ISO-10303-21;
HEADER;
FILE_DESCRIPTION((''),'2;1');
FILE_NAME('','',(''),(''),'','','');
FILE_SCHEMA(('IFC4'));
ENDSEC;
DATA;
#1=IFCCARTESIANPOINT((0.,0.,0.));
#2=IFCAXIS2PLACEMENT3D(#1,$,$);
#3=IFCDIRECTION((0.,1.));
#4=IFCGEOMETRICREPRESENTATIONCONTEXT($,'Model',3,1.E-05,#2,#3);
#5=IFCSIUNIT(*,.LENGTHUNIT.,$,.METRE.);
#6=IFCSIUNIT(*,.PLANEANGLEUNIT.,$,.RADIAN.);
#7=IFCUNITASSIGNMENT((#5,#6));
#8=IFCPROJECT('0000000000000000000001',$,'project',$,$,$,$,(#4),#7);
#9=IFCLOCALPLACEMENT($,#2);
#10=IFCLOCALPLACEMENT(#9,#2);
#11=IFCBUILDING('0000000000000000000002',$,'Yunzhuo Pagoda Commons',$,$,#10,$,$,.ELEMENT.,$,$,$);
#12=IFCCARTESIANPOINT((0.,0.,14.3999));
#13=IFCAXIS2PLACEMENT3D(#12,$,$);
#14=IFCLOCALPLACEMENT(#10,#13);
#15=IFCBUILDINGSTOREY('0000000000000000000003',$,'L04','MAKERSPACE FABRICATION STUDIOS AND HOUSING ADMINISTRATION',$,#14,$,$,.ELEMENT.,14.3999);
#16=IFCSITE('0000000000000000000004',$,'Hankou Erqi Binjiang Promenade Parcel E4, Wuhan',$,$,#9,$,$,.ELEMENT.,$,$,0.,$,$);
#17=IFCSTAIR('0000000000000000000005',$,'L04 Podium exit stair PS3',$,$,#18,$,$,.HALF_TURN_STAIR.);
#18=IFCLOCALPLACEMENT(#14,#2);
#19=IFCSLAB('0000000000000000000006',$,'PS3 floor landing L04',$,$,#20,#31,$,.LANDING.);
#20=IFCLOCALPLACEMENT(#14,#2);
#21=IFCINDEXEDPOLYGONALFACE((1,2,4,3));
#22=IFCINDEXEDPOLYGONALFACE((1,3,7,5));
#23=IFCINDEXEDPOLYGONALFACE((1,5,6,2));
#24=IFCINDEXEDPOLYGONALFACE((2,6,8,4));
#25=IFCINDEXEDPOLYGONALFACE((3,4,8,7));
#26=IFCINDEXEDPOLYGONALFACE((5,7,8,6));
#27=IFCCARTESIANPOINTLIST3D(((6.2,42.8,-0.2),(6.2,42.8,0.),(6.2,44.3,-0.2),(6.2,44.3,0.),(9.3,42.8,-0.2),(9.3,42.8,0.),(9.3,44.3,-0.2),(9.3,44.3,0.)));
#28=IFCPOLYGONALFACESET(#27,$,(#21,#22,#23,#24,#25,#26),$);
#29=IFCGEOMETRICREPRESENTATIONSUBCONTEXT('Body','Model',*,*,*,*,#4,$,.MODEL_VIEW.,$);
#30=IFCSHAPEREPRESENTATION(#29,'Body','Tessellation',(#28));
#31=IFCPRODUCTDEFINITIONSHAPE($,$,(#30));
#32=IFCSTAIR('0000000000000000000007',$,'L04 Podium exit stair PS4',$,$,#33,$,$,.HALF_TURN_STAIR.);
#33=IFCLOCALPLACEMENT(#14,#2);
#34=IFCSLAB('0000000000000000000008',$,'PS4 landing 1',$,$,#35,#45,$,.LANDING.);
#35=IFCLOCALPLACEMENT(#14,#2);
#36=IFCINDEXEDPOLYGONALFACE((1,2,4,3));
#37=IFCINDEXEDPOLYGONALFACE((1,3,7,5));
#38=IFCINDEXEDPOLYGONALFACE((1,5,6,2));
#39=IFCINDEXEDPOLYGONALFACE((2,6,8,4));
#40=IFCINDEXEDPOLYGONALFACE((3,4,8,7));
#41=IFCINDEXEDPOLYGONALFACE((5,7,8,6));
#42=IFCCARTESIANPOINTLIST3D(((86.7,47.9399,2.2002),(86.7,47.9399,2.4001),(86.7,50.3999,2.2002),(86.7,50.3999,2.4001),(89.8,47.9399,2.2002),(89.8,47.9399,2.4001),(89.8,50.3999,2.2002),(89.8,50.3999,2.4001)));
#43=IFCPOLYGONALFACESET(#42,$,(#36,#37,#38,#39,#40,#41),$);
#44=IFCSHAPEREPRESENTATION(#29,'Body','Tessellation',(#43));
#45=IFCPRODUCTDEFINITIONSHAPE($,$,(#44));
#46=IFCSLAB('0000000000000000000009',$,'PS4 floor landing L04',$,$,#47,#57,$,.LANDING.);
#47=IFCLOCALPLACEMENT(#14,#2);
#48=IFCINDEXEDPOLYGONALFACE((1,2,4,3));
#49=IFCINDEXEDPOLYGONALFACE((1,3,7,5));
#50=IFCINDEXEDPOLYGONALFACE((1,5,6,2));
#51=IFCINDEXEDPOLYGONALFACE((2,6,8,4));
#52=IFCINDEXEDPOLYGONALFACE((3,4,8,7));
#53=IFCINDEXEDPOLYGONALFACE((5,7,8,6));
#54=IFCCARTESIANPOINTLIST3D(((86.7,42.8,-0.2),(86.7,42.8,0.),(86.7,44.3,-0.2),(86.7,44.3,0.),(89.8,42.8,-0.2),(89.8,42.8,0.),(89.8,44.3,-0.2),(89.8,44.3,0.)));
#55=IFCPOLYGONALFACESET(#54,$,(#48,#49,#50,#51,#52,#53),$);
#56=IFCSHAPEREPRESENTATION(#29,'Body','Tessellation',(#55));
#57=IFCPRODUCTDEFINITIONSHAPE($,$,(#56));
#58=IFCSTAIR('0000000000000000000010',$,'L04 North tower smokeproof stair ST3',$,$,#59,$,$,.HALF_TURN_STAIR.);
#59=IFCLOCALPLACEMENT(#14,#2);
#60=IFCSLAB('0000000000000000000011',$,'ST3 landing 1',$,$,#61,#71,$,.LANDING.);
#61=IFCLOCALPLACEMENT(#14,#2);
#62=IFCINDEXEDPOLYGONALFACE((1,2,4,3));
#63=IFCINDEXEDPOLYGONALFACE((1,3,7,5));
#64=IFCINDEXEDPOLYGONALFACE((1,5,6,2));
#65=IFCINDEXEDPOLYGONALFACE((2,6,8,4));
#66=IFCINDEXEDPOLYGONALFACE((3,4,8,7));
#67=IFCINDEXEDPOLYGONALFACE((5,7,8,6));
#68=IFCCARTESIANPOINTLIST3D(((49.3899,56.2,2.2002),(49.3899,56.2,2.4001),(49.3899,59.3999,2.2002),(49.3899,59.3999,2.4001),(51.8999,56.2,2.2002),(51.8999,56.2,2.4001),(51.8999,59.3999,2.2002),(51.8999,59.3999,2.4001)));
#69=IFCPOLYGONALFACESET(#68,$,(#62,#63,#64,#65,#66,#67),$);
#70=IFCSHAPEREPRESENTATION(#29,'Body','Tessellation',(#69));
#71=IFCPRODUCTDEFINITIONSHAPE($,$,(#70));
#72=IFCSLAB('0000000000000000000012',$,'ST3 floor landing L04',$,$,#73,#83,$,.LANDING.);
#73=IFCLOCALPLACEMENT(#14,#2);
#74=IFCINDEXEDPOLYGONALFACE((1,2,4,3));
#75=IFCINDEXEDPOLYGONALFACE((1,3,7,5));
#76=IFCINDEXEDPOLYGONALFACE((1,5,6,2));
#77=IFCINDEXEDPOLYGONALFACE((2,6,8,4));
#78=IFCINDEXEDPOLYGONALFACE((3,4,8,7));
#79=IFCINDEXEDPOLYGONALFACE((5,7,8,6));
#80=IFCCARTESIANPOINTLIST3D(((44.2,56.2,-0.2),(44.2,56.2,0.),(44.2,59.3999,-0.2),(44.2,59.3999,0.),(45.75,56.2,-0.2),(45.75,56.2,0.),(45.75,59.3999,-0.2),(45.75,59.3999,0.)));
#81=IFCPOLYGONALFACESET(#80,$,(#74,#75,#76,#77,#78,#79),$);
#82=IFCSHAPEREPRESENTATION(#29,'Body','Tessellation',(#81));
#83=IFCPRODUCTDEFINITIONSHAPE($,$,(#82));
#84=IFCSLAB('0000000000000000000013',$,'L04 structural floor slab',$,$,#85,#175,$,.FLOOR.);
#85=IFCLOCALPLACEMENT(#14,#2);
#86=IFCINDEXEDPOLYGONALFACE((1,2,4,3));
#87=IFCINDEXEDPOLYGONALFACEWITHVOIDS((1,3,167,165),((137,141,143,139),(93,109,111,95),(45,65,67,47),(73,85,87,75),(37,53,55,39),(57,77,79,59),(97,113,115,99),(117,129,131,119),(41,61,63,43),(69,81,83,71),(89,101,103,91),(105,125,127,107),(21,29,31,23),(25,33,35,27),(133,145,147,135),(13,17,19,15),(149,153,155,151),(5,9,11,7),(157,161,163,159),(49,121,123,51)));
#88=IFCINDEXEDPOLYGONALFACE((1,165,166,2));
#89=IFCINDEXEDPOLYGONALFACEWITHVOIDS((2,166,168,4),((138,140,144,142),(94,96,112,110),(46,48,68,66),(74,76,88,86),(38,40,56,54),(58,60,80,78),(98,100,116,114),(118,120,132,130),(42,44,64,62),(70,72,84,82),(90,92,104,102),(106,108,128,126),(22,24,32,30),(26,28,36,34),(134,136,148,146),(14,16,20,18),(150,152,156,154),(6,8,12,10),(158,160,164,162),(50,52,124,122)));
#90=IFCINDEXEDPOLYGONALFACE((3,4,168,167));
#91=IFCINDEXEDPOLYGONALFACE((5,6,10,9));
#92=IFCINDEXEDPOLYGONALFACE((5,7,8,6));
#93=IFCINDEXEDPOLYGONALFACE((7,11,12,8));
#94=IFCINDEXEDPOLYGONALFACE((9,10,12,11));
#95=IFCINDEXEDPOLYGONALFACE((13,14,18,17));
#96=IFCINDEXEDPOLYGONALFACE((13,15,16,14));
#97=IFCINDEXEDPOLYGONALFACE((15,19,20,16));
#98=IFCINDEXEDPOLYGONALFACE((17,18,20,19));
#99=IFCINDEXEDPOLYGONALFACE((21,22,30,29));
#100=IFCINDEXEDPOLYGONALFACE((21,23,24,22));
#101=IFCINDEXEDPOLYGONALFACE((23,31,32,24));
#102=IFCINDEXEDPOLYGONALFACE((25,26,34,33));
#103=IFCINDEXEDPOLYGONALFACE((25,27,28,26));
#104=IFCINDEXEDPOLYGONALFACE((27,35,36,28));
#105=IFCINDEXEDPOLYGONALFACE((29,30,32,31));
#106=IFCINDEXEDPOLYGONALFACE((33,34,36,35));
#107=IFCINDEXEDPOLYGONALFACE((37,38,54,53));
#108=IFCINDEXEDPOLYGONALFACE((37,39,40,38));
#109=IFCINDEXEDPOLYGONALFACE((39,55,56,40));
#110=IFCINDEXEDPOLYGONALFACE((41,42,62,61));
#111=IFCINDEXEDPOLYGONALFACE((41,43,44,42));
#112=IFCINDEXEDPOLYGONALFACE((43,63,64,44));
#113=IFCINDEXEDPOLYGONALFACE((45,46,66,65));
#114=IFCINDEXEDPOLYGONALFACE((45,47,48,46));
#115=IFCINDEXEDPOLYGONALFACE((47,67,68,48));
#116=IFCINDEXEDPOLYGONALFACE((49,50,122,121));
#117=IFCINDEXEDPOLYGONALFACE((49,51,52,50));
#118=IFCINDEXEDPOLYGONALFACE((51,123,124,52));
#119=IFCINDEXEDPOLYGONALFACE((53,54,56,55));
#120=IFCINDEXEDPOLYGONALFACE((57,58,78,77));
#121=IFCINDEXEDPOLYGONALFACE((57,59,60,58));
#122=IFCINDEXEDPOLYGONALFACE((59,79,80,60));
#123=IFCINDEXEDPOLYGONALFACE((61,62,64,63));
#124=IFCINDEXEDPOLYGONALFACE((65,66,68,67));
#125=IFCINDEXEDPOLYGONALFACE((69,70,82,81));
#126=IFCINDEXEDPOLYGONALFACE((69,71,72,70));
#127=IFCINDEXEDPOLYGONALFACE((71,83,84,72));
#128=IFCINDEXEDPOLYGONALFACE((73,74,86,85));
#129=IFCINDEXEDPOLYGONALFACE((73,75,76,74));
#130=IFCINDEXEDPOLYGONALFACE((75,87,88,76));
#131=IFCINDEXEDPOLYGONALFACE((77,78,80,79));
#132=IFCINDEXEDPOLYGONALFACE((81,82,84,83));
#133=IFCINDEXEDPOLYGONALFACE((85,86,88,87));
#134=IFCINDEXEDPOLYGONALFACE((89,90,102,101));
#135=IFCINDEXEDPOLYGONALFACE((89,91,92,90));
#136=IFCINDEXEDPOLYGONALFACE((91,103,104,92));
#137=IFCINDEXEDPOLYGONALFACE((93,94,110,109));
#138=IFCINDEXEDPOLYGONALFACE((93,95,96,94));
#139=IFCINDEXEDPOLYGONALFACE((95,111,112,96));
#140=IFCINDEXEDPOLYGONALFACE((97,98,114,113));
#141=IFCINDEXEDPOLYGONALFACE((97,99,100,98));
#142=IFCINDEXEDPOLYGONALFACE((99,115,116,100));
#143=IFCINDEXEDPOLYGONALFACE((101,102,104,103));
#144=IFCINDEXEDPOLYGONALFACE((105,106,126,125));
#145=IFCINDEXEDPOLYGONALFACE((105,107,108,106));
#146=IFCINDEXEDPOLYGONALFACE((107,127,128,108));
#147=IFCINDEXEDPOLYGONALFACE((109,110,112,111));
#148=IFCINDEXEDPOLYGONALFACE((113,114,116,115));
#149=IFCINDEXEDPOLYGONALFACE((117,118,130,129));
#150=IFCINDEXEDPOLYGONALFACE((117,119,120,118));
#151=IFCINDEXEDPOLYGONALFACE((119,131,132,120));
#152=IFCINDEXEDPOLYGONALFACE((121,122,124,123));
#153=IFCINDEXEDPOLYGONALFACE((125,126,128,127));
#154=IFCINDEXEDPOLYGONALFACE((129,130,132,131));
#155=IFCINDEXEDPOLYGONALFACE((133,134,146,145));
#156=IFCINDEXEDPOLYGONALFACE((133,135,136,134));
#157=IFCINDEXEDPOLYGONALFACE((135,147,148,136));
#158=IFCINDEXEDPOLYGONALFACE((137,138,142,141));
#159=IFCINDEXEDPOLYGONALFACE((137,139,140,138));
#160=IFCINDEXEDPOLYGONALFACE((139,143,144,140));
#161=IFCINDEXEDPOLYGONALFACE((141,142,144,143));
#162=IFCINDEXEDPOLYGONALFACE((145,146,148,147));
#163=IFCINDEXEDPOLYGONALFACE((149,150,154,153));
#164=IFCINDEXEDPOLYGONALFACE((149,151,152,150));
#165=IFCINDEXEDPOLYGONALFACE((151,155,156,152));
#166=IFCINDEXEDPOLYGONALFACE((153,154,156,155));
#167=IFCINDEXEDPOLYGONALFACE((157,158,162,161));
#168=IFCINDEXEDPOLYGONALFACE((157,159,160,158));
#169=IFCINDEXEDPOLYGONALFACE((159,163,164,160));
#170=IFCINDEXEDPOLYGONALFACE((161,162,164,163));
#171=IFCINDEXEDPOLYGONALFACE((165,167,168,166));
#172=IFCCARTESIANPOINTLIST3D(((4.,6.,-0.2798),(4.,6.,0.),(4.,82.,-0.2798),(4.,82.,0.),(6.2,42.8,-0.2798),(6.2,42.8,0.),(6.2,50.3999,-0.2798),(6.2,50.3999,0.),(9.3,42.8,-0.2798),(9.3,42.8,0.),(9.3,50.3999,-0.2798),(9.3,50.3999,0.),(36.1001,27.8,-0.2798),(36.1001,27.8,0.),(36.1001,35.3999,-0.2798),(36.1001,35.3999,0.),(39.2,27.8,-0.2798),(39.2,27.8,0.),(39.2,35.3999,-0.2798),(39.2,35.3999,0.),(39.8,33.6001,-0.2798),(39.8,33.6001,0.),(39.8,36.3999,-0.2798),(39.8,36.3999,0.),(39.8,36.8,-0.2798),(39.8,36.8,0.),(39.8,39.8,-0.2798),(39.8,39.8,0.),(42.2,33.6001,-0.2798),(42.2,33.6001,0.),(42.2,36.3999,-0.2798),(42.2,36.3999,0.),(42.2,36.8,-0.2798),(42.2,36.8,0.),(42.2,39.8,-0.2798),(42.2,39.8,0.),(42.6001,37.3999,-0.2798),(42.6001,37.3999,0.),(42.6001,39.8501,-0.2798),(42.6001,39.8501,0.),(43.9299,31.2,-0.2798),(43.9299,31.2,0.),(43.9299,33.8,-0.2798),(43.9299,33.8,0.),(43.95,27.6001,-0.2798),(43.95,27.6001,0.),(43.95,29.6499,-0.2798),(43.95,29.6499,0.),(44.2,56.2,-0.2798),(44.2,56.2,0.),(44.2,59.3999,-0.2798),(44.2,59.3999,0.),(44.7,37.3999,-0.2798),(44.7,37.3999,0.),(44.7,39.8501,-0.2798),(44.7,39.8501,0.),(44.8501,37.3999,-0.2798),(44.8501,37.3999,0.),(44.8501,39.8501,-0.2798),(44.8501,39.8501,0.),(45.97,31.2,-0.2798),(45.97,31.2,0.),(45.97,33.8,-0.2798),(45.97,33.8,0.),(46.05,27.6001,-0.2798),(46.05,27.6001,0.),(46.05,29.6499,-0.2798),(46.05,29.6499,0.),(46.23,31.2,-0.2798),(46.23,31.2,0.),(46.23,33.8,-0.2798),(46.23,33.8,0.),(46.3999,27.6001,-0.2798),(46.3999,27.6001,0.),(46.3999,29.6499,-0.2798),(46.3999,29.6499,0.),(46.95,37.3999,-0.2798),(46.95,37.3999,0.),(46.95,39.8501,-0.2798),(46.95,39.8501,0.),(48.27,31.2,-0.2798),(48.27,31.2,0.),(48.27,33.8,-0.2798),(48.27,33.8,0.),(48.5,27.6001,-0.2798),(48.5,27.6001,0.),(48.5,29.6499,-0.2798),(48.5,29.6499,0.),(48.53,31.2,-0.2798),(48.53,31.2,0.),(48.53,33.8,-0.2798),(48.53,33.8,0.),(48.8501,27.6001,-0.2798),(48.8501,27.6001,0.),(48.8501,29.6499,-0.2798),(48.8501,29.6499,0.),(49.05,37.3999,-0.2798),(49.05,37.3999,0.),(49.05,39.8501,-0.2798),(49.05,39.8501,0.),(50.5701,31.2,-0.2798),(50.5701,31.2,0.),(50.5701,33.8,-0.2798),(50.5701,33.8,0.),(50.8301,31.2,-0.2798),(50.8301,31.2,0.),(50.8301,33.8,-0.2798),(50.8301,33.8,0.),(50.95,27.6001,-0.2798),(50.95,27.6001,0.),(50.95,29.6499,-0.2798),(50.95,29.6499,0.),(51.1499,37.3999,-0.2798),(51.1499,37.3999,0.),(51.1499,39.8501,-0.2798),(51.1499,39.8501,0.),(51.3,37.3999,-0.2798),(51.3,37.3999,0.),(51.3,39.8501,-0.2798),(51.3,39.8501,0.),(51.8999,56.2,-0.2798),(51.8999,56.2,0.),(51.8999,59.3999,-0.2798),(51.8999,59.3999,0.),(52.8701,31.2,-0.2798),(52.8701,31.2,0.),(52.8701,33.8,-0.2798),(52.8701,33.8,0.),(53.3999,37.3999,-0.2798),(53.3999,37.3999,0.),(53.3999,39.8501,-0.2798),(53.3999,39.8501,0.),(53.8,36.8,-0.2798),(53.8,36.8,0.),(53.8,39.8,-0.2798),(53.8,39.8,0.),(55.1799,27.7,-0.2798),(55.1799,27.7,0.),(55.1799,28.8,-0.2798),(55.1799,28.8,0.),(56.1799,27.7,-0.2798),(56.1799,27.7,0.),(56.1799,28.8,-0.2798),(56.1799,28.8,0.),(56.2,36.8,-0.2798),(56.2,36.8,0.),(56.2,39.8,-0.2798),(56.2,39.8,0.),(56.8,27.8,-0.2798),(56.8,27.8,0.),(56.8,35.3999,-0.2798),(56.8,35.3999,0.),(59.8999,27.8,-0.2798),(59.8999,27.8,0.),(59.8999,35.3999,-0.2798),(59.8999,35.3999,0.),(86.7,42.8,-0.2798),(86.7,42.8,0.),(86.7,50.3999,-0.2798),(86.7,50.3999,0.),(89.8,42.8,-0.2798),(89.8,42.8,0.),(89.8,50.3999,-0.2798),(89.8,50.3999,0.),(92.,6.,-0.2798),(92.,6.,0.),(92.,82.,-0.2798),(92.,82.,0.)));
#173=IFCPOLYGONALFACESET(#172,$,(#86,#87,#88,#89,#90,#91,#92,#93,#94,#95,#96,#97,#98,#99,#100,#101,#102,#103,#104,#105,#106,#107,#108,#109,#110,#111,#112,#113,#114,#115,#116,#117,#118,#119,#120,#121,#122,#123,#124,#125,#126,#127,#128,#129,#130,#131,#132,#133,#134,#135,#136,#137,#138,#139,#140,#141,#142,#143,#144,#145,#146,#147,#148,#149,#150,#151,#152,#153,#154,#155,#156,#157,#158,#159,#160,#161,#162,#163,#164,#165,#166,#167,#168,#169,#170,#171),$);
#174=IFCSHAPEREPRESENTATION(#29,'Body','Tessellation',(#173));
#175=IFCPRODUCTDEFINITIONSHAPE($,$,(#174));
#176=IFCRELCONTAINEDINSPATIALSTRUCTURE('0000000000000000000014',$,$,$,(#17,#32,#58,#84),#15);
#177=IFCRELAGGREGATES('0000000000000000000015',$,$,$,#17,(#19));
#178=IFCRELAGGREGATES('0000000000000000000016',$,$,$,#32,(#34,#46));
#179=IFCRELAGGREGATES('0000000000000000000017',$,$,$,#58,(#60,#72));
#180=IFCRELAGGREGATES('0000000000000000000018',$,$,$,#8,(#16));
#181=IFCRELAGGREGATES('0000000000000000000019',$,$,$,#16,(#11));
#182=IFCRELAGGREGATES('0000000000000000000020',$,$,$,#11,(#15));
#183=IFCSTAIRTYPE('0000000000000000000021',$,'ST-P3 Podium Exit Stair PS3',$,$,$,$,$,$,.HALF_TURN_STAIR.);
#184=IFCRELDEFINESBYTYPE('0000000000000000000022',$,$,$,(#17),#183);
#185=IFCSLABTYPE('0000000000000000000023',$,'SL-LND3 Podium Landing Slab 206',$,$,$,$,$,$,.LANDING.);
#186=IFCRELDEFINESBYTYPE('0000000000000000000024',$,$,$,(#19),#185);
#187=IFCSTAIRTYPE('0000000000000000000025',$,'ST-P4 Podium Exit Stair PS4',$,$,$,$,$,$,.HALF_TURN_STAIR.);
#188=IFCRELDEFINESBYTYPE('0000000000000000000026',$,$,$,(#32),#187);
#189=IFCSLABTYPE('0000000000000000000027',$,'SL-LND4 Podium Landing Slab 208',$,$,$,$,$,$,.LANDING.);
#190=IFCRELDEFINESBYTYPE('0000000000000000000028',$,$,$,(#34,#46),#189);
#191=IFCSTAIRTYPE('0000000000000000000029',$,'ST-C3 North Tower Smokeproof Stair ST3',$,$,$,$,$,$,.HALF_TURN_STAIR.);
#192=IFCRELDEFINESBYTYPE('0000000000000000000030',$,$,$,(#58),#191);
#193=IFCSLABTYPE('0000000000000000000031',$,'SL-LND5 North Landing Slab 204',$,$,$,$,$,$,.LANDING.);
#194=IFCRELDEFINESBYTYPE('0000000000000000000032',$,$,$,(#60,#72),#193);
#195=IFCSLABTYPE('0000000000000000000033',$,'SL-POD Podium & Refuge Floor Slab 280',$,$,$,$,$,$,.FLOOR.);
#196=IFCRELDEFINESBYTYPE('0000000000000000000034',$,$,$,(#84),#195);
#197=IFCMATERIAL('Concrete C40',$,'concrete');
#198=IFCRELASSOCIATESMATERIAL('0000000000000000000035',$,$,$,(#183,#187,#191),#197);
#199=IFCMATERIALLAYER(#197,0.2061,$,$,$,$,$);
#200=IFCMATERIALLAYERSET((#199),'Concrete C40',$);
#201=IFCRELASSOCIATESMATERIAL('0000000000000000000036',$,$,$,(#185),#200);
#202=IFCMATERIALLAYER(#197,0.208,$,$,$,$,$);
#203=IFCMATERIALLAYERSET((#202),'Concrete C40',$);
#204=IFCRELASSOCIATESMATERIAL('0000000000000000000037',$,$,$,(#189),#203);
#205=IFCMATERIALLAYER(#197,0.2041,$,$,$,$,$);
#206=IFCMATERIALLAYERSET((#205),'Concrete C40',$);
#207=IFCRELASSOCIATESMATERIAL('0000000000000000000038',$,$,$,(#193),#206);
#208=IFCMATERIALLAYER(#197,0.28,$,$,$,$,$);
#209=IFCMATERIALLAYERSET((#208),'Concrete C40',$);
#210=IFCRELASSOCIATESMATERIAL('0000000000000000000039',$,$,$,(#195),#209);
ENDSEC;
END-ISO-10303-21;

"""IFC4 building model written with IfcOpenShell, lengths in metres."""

from ifc_helpers import new_model, si_unit, direction, frame, origin, place, context, subcontext, project, spatial, polyline, outline, extrude, material, layer, layer_set, type_object, element, aggregate, save


model = new_model("IFC4")

# Units and contexts
model_context = context("Model", 3, precision=1e-05, world=origin(), true_north=direction((0.0, 1.0)))
body_context = subcontext(model_context, "Body", "Model", "MODEL_VIEW")
ifc_project = project(units=[si_unit("LENGTHUNIT", "METRE"), si_unit("PLANEANGLEUNIT", "RADIAN")], contexts=[model_context])

# Site, building, storey
site_placement = place(None, origin())
site = spatial("IfcSite", under=ifc_project, at=site_placement, Name="Hankou Erqi Binjiang Promenade Parcel E4, Wuhan", CompositionType="ELEMENT", RefElevation=0.0)
building_placement = place(site_placement, origin())
building = spatial("IfcBuilding", under=site, at=building_placement, Name="Yunzhuo Pagoda Commons", CompositionType="ELEMENT")
storey_placement = place(building_placement, frame((0.0, 0.0, 14.3999)))
storey = spatial("IfcBuildingStorey", under=building, at=storey_placement, Name="L04", Description="MAKERSPACE FABRICATION STUDIOS AND HOUSING ADMINISTRATION", CompositionType="ELEMENT", Elevation=14.3999)

# Stairs, slabs
ifc_material_1 = material(Name="Concrete C40", Category="concrete")
stair_type_1 = type_object("IfcStairType", Name="ST-P3 Podium Exit Stair PS3", PredefinedType="HALF_TURN_STAIR", material=ifc_material_1)
stair_1_placement = place(storey_placement, origin())
stair_1 = element("IfcStair", 1, at=stair_1_placement, inside=storey, type_object=stair_type_1, Name="L04 Podium exit stair PS3", PredefinedType="HALF_TURN_STAIR")
ifc_layer_1 = layer(ifc_material_1, 0.2061)
ifc_layer_set_1 = layer_set([ifc_layer_1], Name="Concrete C40")
slab_type_1 = type_object("IfcSlabType", Name="SL-LND3 Podium Landing Slab 206", PredefinedType="LANDING", material=ifc_layer_set_1)
slab_1_placement = place(storey_placement, frame((0.0, 0.0, -0.2)))
slab_1 = element("IfcSlab", 2, at=slab_1_placement, type_object=slab_type_1, Name="PS3 floor landing L04", PredefinedType="LANDING", context=body_context, shape_type="SweptSolid", body=[
    extrude(outline(polyline([(9.3, 42.8), (9.3, 44.3), (6.2, 44.3), (6.2, 42.8), (9.3, 42.8)])), origin(), (0.0, 0.0, 1.0), 0.2),
])
aggregate(stair_1, [slab_1])
stair_type_2 = type_object("IfcStairType", Name="ST-P4 Podium Exit Stair PS4", PredefinedType="HALF_TURN_STAIR", material=ifc_material_1)
stair_2_placement = place(storey_placement, origin())
stair_2 = element("IfcStair", 3, at=stair_2_placement, inside=storey, type_object=stair_type_2, Name="L04 Podium exit stair PS4", PredefinedType="HALF_TURN_STAIR")
ifc_layer_2 = layer(ifc_material_1, 0.208)
ifc_layer_set_2 = layer_set([ifc_layer_2], Name="Concrete C40")
slab_type_2 = type_object("IfcSlabType", Name="SL-LND4 Podium Landing Slab 208", PredefinedType="LANDING", material=ifc_layer_set_2)
slab_2_placement = place(storey_placement, frame((0.0, 0.0, 2.2002)))
slab_2 = element("IfcSlab", 4, at=slab_2_placement, type_object=slab_type_2, Name="PS4 landing 1", PredefinedType="LANDING", context=body_context, shape_type="SweptSolid", body=[
    extrude(outline(polyline([(89.8, 47.9399), (89.8, 50.3999), (86.7, 50.3999), (86.7, 47.9399), (89.8, 47.9399)])), origin(), (0.0, 0.0, 1.0), 0.2),
])
slab_3_placement = place(storey_placement, frame((0.0, 0.0, -0.2)))
slab_3 = element("IfcSlab", 5, at=slab_3_placement, type_object=slab_type_2, Name="PS4 floor landing L04", PredefinedType="LANDING", context=body_context, shape_type="SweptSolid", body=[
    extrude(outline(polyline([(89.8, 42.8), (89.8, 44.3), (86.7, 44.3), (86.7, 42.8), (89.8, 42.8)])), origin(), (0.0, 0.0, 1.0), 0.2),
])
aggregate(stair_2, [slab_2, slab_3])
stair_type_3 = type_object("IfcStairType", Name="ST-C3 North Tower Smokeproof Stair ST3", PredefinedType="HALF_TURN_STAIR", material=ifc_material_1)
stair_3_placement = place(storey_placement, origin())
stair_3 = element("IfcStair", 6, at=stair_3_placement, inside=storey, type_object=stair_type_3, Name="L04 North tower smokeproof stair ST3", PredefinedType="HALF_TURN_STAIR")
ifc_layer_3 = layer(ifc_material_1, 0.2041)
ifc_layer_set_3 = layer_set([ifc_layer_3], Name="Concrete C40")
slab_type_3 = type_object("IfcSlabType", Name="SL-LND5 North Landing Slab 204", PredefinedType="LANDING", material=ifc_layer_set_3)
slab_4_placement = place(storey_placement, frame((0.0, 0.0, 2.2002)))
slab_4 = element("IfcSlab", 7, at=slab_4_placement, type_object=slab_type_3, Name="ST3 landing 1", PredefinedType="LANDING", context=body_context, shape_type="SweptSolid", body=[
    extrude(outline(polyline([(49.3899, 56.2), (51.8999, 56.2), (51.8999, 59.3999), (49.3899, 59.3999), (49.3899, 56.2)])), origin(), (0.0, 0.0, 1.0), 0.2),
])
slab_5_placement = place(storey_placement, frame((0.0, 0.0, -0.2)))
slab_5 = element("IfcSlab", 8, at=slab_5_placement, type_object=slab_type_3, Name="ST3 floor landing L04", PredefinedType="LANDING", context=body_context, shape_type="SweptSolid", body=[
    extrude(outline(polyline([(44.2, 56.2), (45.75, 56.2), (45.75, 59.3999), (44.2, 59.3999), (44.2, 56.2)])), origin(), (0.0, 0.0, 1.0), 0.2),
])
aggregate(stair_3, [slab_4, slab_5])

# Slab
ifc_layer_4 = layer(ifc_material_1, 0.28)
ifc_layer_set_4 = layer_set([ifc_layer_4], Name="Concrete C40")
slab_type_4 = type_object("IfcSlabType", Name="SL-POD Podium & Refuge Floor Slab 280", PredefinedType="FLOOR", material=ifc_layer_set_4)
slab_6_placement = place(storey_placement, frame((0.0, 0.0, -0.2798)))
element("IfcSlab", 9, at=slab_6_placement, inside=storey, type_object=slab_type_4, Name="L04 structural floor slab", PredefinedType="FLOOR", context=body_context, shape_type="SweptSolid", body=[
    extrude(outline(polyline([(4.0, 82.0), (92.0, 82.0), (92.0, 6.0), (4.0, 6.0), (4.0, 82.0)]), holes=[polyline([(46.05, 27.6001), (46.05, 29.6499), (43.95, 29.6499), (43.95, 27.6001), (46.05, 27.6001)]), polyline([(48.5, 27.6001), (48.5, 29.6499), (46.3999, 29.6499), (46.3999, 27.6001), (48.5, 27.6001)]), polyline([(36.1001, 27.8), (39.2, 27.8), (39.2, 35.3999), (36.1001, 35.3999), (36.1001, 27.8)]), polyline([(43.9299, 31.2), (45.97, 31.2), (45.97, 33.8), (43.9299, 33.8), (43.9299, 31.2)]), polyline([(46.23, 31.2), (48.27, 31.2), (48.27, 33.8), (46.23, 33.8), (46.23, 31.2)]), polyline([(42.2, 33.6001), (42.2, 36.3999), (39.8, 36.3999), (39.8, 33.6001), (42.2, 33.6001)]), polyline([(42.2, 36.8), (42.2, 39.8), (39.8, 39.8), (39.8, 36.8), (42.2, 36.8)]), polyline([(44.7, 37.3999), (44.7, 39.8501), (42.6001, 39.8501), (42.6001, 37.3999), (44.7, 37.3999)]), polyline([(44.8501, 37.3999), (46.95, 37.3999), (46.95, 39.8501), (44.8501, 39.8501), (44.8501, 37.3999)]), polyline([(9.3, 42.8), (9.3, 50.3999), (6.2, 50.3999), (6.2, 42.8), (9.3, 42.8)]), polyline([(56.1799, 27.7), (56.1799, 28.8), (55.1799, 28.8), (55.1799, 27.7), (56.1799, 27.7)]), polyline([(50.95, 27.6001), (50.95, 29.6499), (48.8501, 29.6499), (48.8501, 27.6001), (50.95, 27.6001)]), polyline([(56.8, 27.8), (59.8999, 27.8), (59.8999, 35.3999), (56.8, 35.3999), (56.8, 27.8)]), polyline([(48.53, 31.2), (50.5701, 31.2), (50.5701, 33.8), (48.53, 33.8), (48.53, 31.2)]), polyline([(50.8301, 31.2), (52.8701, 31.2), (52.8701, 33.8), (50.8301, 33.8), (50.8301, 31.2)]), polyline([(56.2, 36.8), (56.2, 39.8), (53.8, 39.8), (53.8, 36.8), (56.2, 36.8)]), polyline([(51.1499, 37.3999), (51.1499, 39.8501), (49.05, 39.8501), (49.05, 37.3999), (51.1499, 37.3999)]), polyline([(53.3999, 37.3999), (53.3999, 39.8501), (51.3, 39.8501), (51.3, 37.3999), (53.3999, 37.3999)]), polyline([(89.8, 42.8), (89.8, 50.3999), (86.7, 50.3999), (86.7, 42.8), (89.8, 42.8)]), polyline([(44.2, 56.2), (51.8999, 56.2), (51.8999, 59.3999), (44.2, 59.3999), (44.2, 56.2)])]), origin(), (0.0, 0.0, 1.0), 0.2798),
])

save(model, "model.ifc")
